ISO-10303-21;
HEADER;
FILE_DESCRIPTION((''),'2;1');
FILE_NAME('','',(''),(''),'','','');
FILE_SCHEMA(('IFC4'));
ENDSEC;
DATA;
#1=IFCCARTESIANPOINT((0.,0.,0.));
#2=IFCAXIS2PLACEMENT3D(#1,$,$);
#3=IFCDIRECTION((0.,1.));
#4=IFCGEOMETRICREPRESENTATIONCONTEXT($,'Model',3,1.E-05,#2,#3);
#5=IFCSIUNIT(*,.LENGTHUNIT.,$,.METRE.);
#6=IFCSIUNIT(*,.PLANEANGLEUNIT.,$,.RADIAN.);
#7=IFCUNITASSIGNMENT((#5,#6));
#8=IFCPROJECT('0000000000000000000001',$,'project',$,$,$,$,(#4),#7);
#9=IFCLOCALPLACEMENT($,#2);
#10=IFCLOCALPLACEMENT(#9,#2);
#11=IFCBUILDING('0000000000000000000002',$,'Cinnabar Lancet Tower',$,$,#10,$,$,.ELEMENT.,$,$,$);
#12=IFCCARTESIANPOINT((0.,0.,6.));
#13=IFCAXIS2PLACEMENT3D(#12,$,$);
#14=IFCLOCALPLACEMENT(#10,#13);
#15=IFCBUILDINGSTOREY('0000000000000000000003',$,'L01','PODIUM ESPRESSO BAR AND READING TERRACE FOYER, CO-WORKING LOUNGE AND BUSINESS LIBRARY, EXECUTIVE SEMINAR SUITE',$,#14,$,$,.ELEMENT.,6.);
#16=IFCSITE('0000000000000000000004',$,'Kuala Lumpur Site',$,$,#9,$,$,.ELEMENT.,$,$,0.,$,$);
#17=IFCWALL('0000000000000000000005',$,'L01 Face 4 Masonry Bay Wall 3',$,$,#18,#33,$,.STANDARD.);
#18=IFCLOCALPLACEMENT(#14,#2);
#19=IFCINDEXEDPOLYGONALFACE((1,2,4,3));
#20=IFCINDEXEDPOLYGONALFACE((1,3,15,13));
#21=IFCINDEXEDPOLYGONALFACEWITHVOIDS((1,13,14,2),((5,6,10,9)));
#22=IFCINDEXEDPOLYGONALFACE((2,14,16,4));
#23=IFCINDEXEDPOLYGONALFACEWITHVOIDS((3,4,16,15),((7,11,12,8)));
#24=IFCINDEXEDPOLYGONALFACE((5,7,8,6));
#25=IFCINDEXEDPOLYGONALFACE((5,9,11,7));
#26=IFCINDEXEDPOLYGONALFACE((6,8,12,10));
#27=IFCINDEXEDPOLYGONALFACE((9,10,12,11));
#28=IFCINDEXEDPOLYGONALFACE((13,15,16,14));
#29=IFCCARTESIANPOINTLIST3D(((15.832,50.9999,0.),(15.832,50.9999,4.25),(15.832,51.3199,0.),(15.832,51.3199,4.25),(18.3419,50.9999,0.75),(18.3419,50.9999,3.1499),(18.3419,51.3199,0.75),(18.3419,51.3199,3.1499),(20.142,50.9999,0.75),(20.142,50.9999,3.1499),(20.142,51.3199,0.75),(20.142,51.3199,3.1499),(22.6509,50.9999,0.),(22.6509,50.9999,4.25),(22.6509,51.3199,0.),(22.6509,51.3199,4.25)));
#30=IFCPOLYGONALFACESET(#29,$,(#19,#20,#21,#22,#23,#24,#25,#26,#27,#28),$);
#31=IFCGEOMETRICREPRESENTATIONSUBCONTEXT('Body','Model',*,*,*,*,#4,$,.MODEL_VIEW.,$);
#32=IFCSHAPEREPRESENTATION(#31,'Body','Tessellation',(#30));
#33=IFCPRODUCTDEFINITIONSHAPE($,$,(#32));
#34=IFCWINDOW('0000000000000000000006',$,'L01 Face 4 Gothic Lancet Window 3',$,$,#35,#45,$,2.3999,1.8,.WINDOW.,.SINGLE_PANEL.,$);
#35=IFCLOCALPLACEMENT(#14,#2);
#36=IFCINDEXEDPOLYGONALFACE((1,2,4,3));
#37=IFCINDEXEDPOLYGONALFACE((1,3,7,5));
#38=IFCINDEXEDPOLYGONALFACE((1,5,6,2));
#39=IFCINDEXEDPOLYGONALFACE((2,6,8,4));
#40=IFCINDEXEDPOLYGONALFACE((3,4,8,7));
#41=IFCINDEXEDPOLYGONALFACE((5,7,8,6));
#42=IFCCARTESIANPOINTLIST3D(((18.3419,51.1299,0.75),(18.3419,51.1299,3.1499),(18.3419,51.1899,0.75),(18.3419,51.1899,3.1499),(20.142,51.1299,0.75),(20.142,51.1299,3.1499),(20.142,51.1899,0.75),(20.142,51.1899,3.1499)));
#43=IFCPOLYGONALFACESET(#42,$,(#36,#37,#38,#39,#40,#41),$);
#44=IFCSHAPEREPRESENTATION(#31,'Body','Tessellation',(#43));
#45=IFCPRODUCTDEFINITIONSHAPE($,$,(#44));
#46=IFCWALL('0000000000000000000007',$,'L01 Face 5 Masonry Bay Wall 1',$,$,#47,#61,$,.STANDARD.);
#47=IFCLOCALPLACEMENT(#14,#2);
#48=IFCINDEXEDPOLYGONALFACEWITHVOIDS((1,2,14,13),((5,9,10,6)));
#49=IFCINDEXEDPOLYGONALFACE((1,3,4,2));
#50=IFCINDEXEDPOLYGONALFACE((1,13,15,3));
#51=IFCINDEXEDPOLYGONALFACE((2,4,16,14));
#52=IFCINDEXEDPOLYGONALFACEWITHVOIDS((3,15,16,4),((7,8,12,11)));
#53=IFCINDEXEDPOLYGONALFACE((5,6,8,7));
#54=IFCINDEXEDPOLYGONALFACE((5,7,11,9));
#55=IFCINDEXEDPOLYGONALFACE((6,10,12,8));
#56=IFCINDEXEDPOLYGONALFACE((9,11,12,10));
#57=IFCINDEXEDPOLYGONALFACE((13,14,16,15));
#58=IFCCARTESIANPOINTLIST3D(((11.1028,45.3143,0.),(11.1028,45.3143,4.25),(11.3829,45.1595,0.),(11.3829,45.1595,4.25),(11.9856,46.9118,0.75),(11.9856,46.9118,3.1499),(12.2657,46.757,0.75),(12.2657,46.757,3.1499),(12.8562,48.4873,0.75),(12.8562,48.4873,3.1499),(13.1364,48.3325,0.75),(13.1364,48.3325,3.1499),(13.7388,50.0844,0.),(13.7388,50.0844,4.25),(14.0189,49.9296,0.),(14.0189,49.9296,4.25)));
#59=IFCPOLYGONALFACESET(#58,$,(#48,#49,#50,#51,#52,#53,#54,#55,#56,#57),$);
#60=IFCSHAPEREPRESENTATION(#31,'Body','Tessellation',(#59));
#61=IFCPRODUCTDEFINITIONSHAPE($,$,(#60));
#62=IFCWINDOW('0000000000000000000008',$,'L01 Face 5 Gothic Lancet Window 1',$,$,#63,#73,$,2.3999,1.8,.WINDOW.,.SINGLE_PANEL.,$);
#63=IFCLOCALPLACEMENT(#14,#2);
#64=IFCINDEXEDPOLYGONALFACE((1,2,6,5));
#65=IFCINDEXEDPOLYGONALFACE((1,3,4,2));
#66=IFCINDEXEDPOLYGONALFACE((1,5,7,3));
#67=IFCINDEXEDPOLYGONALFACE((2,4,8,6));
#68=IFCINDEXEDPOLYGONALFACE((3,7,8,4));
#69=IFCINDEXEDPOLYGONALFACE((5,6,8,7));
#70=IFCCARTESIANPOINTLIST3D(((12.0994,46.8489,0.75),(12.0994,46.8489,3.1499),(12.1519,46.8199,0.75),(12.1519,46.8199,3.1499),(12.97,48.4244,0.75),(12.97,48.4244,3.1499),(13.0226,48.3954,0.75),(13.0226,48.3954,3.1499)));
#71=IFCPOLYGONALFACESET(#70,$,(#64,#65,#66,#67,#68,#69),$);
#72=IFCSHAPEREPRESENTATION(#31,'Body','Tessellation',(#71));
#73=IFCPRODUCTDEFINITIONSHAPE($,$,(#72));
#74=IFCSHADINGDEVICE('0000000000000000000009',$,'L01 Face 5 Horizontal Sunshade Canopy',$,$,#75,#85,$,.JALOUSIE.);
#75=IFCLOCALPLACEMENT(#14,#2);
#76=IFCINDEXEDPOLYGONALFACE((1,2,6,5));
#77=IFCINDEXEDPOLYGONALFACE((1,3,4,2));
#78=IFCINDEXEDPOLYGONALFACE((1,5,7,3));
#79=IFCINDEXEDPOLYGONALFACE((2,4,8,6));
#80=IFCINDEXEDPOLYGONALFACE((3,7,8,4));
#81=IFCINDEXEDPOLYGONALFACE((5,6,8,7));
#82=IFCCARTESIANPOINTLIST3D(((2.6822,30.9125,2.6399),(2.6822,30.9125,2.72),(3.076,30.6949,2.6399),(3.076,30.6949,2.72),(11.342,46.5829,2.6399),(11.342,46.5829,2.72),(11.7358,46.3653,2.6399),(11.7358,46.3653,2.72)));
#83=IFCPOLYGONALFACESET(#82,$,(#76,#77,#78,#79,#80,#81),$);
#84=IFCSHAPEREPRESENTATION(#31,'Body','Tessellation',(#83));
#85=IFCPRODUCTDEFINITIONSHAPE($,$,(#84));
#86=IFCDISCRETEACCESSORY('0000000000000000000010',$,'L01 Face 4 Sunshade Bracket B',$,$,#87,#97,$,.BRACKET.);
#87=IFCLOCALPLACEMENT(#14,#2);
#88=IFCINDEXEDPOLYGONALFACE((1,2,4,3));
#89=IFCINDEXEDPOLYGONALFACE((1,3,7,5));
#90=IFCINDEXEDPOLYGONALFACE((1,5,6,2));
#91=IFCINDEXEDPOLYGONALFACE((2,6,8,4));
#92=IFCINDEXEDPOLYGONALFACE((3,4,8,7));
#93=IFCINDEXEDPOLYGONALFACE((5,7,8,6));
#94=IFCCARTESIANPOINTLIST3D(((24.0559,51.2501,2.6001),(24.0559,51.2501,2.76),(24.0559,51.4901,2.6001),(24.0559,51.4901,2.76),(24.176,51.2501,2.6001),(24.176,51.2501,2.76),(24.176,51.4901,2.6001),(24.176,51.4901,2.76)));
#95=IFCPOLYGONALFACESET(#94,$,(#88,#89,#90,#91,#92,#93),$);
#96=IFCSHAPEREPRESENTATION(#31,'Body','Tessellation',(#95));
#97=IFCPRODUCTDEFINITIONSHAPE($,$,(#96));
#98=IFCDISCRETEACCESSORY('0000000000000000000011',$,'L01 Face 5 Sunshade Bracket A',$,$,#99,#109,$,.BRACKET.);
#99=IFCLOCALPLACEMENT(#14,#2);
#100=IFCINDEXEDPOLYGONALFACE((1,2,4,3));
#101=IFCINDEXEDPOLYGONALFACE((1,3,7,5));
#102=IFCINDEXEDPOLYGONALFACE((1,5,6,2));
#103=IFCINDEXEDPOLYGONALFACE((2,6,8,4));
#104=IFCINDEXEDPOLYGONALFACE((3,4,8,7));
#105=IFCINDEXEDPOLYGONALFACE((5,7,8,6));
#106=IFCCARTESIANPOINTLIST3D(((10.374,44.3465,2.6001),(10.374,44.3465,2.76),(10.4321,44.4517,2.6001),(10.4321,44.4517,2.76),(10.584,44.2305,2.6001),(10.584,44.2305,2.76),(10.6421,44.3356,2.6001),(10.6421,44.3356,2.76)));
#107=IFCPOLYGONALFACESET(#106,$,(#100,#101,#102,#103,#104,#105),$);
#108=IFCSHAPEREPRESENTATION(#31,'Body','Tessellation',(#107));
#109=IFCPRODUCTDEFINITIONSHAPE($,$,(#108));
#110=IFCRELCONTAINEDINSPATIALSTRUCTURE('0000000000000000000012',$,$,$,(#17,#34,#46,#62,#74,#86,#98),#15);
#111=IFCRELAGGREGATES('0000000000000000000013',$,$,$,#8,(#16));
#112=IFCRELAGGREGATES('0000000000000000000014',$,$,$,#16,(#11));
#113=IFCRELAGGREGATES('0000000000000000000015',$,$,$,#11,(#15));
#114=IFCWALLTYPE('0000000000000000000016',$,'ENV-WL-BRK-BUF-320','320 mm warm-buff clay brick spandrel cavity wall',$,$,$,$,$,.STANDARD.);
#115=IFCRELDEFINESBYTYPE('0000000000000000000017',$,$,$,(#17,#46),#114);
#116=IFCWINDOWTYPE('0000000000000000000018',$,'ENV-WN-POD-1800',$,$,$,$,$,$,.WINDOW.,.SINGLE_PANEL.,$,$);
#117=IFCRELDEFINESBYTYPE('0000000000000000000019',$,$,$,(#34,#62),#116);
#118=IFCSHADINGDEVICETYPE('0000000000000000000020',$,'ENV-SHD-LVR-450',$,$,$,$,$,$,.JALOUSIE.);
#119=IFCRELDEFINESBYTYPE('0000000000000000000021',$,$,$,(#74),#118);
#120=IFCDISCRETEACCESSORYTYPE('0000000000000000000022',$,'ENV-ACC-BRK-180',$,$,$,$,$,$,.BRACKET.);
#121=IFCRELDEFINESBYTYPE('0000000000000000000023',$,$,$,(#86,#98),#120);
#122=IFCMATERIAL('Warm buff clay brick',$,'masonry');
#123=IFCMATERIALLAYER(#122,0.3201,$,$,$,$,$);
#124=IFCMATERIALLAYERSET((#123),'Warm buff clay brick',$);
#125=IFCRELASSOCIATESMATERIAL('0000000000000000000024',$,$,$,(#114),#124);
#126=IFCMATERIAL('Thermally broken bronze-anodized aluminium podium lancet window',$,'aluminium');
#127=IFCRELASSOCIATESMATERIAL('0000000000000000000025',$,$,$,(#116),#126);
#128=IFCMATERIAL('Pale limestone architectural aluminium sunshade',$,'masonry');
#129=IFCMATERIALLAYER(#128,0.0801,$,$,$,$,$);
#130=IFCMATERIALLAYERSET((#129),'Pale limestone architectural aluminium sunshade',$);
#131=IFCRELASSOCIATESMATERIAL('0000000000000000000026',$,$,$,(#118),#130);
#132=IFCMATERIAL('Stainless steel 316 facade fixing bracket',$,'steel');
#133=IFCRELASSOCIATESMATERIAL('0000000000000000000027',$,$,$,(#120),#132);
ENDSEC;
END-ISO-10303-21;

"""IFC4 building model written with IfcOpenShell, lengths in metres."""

from ifc_helpers import new_model, si_unit, direction, frame, frame_2d, origin, origin_2d, place, context, subcontext, project, spatial, rectangle, extrude, material, layer, layer_set, type_object, element, fill, save


model = new_model("IFC4")

# Units and contexts
model_context = context("Model", 3, precision=1e-05, world=origin(), true_north=direction((0.0, 1.0)))
body_context = subcontext(model_context, "Body", "Model", "MODEL_VIEW")
ifc_project = project(units=[si_unit("LENGTHUNIT", "METRE"), si_unit("PLANEANGLEUNIT", "RADIAN")], contexts=[model_context])

# Site, building, storey
site_placement = place(None, origin())
site = spatial("IfcSite", under=ifc_project, at=site_placement, Name="Kuala Lumpur Site", CompositionType="ELEMENT", RefElevation=0.0)
building_placement = place(site_placement, origin())
building = spatial("IfcBuilding", under=site, at=building_placement, Name="Cinnabar Lancet Tower", CompositionType="ELEMENT")
storey_placement = place(building_placement, frame((0.0, 0.0, 6.0)))
storey = spatial("IfcBuildingStorey", under=building, at=storey_placement, Name="L01", Description="PODIUM ESPRESSO BAR AND READING TERRACE FOYER, CO-WORKING LOUNGE AND BUSINESS LIBRARY, EXECUTIVE SEMINAR SUITE", CompositionType="ELEMENT", Elevation=6.0)

# Shared definitions
ifc_material_1 = material(Name="Warm buff clay brick", Category="masonry")
ifc_layer_1 = layer(ifc_material_1, 0.3201)
ifc_layer_set_1 = layer_set([ifc_layer_1], Name="Warm buff clay brick")
wall_type = type_object("IfcWallType", Name="ENV-WL-BRK-BUF-320", Description="320 mm warm-buff clay brick spandrel cavity wall", PredefinedType="STANDARD", material=ifc_layer_set_1)

# Walls, openings, windows
wall_1_placement = place(storey_placement, frame((22.6509, 51.1599, 0.0), z_axis=(0.0, 0.0, 1.0), x_axis=(-1.0, 0.0, 0.0)))
wall_1 = element("IfcWall", 1, at=wall_1_placement, inside=storey, type_object=wall_type, Name="L01 Face 4 Masonry Bay Wall 3", PredefinedType="STANDARD", context=body_context, shape_type="SweptSolid", body=[
    extrude(rectangle(XDim=6.8188, YDim=0.3201, at=frame_2d((3.4094, 0.0))), origin(), (0.0, 0.0, 1.0), 4.25),
])
opening_1_placement = place(wall_1_placement, frame((2.509, 0.0, 0.75)))
opening_1 = element("IfcOpeningElement", 2, at=opening_1_placement, cuts=wall_1, PredefinedType="OPENING", context=body_context, shape_type="SweptSolid", body=[
    extrude(rectangle(XDim=1.8, YDim=2.3999, at=frame_2d((0.8999, 1.2))), frame((0.0, 0.1699, 0.0), z_axis=(0.0, -1.0, 0.0), x_axis=(1.0, 0.0, 0.0)), (0.0, 0.0, 1.0), 0.3401),
])
ifc_material_2 = material(Name="Thermally broken bronze-anodized aluminium podium lancet window", Category="aluminium")
window_type = type_object("IfcWindowType", Name="ENV-WN-POD-1800", PartitioningType="SINGLE_PANEL", PredefinedType="WINDOW", material=ifc_material_2)
window_1_placement = place(opening_1_placement, origin())
window_1 = element("IfcWindow", 3, at=window_1_placement, inside=storey, type_object=window_type, Name="L01 Face 4 Gothic Lancet Window 3", OverallHeight=2.3999, OverallWidth=1.8, PartitioningType="SINGLE_PANEL", PredefinedType="WINDOW", context=body_context, shape_type="SweptSolid", body=[
    extrude(rectangle(XDim=1.8, YDim=2.3999, at=frame_2d((0.8999, 1.2))), frame((0.0, 0.03, 0.0), z_axis=(0.0, -1.0, 0.0), x_axis=(1.0, 0.0, 0.0)), (0.0, 0.0, 1.0), 0.0601),
])
fill(opening_1, window_1)
wall_2_placement = place(storey_placement, frame((13.8789, 50.0071, 0.0), z_axis=(0.0, 0.0, 1.0), x_axis=(-0.483675, -0.875248, 0.0)))
wall_2 = element("IfcWall", 4, at=wall_2_placement, inside=storey, type_object=wall_type, Name="L01 Face 5 Masonry Bay Wall 1", PredefinedType="STANDARD", context=body_context, shape_type="SweptSolid", body=[
    extrude(rectangle(XDim=5.45, YDim=0.3201, at=frame_2d((2.7251, 0.0))), origin(), (0.0, 0.0, 1.0), 4.25),
])
opening_2_placement = place(wall_2_placement, frame((1.825, 0.0, 0.75)))
opening_2 = element("IfcOpeningElement", 5, at=opening_2_placement, cuts=wall_2, PredefinedType="OPENING", context=body_context, shape_type="SweptSolid", body=[
    extrude(rectangle(XDim=1.8, YDim=2.3999, at=frame_2d((0.8999, 1.2))), frame((0.0, 0.1699, 0.0), z_axis=(0.0, -1.0, 0.0), x_axis=(1.0, 0.0, 0.0)), (0.0, 0.0, 1.0), 0.3401),
])
window_2_placement = place(opening_2_placement, origin())
window_2 = element("IfcWindow", 6, at=window_2_placement, inside=storey, type_object=window_type, Name="L01 Face 5 Gothic Lancet Window 1", OverallHeight=2.3999, OverallWidth=1.8, PartitioningType="SINGLE_PANEL", PredefinedType="WINDOW", context=body_context, shape_type="SweptSolid", body=[
    extrude(rectangle(XDim=1.8, YDim=2.3999, at=frame_2d((0.8999, 1.2))), frame((0.0, 0.03, 0.0), z_axis=(0.0, -1.0, 0.0), x_axis=(1.0, 0.0, 0.0)), (0.0, 0.0, 1.0), 0.0601),
])
fill(opening_2, window_2)

# Shading device
ifc_material_3 = material(Name="Pale limestone architectural aluminium sunshade", Category="masonry")
ifc_layer_2 = layer(ifc_material_3, 0.0801)
ifc_layer_set_2 = layer_set([ifc_layer_2], Name="Pale limestone architectural aluminium sunshade")
shading_device_type = type_object("IfcShadingDeviceType", Name="ENV-SHD-LVR-450", PredefinedType="JALOUSIE", material=ifc_layer_set_2)
shading_device_placement = place(storey_placement, frame((7.209, 38.6389, 2.6399), z_axis=(0.0, 0.0, 1.0), x_axis=(-0.48368, -0.875245, 0.0)))
element("IfcShadingDevice", 7, at=shading_device_placement, inside=storey, type_object=shading_device_type, Name="L01 Face 5 Horizontal Sunshade Canopy", PredefinedType="JALOUSIE", context=body_context, shape_type="SweptSolid", body=[
    extrude(rectangle(XDim=17.9041, YDim=0.45, at=origin_2d()), origin(), (0.0, 0.0, 1.0), 0.0801),
])

# Discrete accessories
ifc_material_4 = material(Name="Stainless steel 316 facade fixing bracket", Category="steel")
discrete_accessory_type = type_object("IfcDiscreteAccessoryType", Name="ENV-ACC-BRK-180", PredefinedType="BRACKET", material=ifc_material_4)
for number, where, z_axis, x_axis, name in (
    (8, (24.116, 51.3701, 2.6001), (0.0, 0.0, 1.0), (-1.0, 0.0, 0.0), "L01 Face 4 Sunshade Bracket B"),
    (9, (10.5081, 44.3411, 2.6001), (0.0, 0.0, 1.0), (-0.48368, -0.875245, 0.0), "L01 Face 5 Sunshade Bracket A"),
):
    element("IfcDiscreteAccessory", number, at=place(storey_placement, frame(where, z_axis=z_axis, x_axis=x_axis)), inside=storey, type_object=discrete_accessory_type, Name=name, PredefinedType="BRACKET", context=body_context, shape_type="SweptSolid", body=[
        extrude(rectangle(XDim=0.1201, YDim=0.24, at=origin_2d()), origin(), (0.0, 0.0, 1.0), 0.1599),
    ])

save(model, "model.ifc")
